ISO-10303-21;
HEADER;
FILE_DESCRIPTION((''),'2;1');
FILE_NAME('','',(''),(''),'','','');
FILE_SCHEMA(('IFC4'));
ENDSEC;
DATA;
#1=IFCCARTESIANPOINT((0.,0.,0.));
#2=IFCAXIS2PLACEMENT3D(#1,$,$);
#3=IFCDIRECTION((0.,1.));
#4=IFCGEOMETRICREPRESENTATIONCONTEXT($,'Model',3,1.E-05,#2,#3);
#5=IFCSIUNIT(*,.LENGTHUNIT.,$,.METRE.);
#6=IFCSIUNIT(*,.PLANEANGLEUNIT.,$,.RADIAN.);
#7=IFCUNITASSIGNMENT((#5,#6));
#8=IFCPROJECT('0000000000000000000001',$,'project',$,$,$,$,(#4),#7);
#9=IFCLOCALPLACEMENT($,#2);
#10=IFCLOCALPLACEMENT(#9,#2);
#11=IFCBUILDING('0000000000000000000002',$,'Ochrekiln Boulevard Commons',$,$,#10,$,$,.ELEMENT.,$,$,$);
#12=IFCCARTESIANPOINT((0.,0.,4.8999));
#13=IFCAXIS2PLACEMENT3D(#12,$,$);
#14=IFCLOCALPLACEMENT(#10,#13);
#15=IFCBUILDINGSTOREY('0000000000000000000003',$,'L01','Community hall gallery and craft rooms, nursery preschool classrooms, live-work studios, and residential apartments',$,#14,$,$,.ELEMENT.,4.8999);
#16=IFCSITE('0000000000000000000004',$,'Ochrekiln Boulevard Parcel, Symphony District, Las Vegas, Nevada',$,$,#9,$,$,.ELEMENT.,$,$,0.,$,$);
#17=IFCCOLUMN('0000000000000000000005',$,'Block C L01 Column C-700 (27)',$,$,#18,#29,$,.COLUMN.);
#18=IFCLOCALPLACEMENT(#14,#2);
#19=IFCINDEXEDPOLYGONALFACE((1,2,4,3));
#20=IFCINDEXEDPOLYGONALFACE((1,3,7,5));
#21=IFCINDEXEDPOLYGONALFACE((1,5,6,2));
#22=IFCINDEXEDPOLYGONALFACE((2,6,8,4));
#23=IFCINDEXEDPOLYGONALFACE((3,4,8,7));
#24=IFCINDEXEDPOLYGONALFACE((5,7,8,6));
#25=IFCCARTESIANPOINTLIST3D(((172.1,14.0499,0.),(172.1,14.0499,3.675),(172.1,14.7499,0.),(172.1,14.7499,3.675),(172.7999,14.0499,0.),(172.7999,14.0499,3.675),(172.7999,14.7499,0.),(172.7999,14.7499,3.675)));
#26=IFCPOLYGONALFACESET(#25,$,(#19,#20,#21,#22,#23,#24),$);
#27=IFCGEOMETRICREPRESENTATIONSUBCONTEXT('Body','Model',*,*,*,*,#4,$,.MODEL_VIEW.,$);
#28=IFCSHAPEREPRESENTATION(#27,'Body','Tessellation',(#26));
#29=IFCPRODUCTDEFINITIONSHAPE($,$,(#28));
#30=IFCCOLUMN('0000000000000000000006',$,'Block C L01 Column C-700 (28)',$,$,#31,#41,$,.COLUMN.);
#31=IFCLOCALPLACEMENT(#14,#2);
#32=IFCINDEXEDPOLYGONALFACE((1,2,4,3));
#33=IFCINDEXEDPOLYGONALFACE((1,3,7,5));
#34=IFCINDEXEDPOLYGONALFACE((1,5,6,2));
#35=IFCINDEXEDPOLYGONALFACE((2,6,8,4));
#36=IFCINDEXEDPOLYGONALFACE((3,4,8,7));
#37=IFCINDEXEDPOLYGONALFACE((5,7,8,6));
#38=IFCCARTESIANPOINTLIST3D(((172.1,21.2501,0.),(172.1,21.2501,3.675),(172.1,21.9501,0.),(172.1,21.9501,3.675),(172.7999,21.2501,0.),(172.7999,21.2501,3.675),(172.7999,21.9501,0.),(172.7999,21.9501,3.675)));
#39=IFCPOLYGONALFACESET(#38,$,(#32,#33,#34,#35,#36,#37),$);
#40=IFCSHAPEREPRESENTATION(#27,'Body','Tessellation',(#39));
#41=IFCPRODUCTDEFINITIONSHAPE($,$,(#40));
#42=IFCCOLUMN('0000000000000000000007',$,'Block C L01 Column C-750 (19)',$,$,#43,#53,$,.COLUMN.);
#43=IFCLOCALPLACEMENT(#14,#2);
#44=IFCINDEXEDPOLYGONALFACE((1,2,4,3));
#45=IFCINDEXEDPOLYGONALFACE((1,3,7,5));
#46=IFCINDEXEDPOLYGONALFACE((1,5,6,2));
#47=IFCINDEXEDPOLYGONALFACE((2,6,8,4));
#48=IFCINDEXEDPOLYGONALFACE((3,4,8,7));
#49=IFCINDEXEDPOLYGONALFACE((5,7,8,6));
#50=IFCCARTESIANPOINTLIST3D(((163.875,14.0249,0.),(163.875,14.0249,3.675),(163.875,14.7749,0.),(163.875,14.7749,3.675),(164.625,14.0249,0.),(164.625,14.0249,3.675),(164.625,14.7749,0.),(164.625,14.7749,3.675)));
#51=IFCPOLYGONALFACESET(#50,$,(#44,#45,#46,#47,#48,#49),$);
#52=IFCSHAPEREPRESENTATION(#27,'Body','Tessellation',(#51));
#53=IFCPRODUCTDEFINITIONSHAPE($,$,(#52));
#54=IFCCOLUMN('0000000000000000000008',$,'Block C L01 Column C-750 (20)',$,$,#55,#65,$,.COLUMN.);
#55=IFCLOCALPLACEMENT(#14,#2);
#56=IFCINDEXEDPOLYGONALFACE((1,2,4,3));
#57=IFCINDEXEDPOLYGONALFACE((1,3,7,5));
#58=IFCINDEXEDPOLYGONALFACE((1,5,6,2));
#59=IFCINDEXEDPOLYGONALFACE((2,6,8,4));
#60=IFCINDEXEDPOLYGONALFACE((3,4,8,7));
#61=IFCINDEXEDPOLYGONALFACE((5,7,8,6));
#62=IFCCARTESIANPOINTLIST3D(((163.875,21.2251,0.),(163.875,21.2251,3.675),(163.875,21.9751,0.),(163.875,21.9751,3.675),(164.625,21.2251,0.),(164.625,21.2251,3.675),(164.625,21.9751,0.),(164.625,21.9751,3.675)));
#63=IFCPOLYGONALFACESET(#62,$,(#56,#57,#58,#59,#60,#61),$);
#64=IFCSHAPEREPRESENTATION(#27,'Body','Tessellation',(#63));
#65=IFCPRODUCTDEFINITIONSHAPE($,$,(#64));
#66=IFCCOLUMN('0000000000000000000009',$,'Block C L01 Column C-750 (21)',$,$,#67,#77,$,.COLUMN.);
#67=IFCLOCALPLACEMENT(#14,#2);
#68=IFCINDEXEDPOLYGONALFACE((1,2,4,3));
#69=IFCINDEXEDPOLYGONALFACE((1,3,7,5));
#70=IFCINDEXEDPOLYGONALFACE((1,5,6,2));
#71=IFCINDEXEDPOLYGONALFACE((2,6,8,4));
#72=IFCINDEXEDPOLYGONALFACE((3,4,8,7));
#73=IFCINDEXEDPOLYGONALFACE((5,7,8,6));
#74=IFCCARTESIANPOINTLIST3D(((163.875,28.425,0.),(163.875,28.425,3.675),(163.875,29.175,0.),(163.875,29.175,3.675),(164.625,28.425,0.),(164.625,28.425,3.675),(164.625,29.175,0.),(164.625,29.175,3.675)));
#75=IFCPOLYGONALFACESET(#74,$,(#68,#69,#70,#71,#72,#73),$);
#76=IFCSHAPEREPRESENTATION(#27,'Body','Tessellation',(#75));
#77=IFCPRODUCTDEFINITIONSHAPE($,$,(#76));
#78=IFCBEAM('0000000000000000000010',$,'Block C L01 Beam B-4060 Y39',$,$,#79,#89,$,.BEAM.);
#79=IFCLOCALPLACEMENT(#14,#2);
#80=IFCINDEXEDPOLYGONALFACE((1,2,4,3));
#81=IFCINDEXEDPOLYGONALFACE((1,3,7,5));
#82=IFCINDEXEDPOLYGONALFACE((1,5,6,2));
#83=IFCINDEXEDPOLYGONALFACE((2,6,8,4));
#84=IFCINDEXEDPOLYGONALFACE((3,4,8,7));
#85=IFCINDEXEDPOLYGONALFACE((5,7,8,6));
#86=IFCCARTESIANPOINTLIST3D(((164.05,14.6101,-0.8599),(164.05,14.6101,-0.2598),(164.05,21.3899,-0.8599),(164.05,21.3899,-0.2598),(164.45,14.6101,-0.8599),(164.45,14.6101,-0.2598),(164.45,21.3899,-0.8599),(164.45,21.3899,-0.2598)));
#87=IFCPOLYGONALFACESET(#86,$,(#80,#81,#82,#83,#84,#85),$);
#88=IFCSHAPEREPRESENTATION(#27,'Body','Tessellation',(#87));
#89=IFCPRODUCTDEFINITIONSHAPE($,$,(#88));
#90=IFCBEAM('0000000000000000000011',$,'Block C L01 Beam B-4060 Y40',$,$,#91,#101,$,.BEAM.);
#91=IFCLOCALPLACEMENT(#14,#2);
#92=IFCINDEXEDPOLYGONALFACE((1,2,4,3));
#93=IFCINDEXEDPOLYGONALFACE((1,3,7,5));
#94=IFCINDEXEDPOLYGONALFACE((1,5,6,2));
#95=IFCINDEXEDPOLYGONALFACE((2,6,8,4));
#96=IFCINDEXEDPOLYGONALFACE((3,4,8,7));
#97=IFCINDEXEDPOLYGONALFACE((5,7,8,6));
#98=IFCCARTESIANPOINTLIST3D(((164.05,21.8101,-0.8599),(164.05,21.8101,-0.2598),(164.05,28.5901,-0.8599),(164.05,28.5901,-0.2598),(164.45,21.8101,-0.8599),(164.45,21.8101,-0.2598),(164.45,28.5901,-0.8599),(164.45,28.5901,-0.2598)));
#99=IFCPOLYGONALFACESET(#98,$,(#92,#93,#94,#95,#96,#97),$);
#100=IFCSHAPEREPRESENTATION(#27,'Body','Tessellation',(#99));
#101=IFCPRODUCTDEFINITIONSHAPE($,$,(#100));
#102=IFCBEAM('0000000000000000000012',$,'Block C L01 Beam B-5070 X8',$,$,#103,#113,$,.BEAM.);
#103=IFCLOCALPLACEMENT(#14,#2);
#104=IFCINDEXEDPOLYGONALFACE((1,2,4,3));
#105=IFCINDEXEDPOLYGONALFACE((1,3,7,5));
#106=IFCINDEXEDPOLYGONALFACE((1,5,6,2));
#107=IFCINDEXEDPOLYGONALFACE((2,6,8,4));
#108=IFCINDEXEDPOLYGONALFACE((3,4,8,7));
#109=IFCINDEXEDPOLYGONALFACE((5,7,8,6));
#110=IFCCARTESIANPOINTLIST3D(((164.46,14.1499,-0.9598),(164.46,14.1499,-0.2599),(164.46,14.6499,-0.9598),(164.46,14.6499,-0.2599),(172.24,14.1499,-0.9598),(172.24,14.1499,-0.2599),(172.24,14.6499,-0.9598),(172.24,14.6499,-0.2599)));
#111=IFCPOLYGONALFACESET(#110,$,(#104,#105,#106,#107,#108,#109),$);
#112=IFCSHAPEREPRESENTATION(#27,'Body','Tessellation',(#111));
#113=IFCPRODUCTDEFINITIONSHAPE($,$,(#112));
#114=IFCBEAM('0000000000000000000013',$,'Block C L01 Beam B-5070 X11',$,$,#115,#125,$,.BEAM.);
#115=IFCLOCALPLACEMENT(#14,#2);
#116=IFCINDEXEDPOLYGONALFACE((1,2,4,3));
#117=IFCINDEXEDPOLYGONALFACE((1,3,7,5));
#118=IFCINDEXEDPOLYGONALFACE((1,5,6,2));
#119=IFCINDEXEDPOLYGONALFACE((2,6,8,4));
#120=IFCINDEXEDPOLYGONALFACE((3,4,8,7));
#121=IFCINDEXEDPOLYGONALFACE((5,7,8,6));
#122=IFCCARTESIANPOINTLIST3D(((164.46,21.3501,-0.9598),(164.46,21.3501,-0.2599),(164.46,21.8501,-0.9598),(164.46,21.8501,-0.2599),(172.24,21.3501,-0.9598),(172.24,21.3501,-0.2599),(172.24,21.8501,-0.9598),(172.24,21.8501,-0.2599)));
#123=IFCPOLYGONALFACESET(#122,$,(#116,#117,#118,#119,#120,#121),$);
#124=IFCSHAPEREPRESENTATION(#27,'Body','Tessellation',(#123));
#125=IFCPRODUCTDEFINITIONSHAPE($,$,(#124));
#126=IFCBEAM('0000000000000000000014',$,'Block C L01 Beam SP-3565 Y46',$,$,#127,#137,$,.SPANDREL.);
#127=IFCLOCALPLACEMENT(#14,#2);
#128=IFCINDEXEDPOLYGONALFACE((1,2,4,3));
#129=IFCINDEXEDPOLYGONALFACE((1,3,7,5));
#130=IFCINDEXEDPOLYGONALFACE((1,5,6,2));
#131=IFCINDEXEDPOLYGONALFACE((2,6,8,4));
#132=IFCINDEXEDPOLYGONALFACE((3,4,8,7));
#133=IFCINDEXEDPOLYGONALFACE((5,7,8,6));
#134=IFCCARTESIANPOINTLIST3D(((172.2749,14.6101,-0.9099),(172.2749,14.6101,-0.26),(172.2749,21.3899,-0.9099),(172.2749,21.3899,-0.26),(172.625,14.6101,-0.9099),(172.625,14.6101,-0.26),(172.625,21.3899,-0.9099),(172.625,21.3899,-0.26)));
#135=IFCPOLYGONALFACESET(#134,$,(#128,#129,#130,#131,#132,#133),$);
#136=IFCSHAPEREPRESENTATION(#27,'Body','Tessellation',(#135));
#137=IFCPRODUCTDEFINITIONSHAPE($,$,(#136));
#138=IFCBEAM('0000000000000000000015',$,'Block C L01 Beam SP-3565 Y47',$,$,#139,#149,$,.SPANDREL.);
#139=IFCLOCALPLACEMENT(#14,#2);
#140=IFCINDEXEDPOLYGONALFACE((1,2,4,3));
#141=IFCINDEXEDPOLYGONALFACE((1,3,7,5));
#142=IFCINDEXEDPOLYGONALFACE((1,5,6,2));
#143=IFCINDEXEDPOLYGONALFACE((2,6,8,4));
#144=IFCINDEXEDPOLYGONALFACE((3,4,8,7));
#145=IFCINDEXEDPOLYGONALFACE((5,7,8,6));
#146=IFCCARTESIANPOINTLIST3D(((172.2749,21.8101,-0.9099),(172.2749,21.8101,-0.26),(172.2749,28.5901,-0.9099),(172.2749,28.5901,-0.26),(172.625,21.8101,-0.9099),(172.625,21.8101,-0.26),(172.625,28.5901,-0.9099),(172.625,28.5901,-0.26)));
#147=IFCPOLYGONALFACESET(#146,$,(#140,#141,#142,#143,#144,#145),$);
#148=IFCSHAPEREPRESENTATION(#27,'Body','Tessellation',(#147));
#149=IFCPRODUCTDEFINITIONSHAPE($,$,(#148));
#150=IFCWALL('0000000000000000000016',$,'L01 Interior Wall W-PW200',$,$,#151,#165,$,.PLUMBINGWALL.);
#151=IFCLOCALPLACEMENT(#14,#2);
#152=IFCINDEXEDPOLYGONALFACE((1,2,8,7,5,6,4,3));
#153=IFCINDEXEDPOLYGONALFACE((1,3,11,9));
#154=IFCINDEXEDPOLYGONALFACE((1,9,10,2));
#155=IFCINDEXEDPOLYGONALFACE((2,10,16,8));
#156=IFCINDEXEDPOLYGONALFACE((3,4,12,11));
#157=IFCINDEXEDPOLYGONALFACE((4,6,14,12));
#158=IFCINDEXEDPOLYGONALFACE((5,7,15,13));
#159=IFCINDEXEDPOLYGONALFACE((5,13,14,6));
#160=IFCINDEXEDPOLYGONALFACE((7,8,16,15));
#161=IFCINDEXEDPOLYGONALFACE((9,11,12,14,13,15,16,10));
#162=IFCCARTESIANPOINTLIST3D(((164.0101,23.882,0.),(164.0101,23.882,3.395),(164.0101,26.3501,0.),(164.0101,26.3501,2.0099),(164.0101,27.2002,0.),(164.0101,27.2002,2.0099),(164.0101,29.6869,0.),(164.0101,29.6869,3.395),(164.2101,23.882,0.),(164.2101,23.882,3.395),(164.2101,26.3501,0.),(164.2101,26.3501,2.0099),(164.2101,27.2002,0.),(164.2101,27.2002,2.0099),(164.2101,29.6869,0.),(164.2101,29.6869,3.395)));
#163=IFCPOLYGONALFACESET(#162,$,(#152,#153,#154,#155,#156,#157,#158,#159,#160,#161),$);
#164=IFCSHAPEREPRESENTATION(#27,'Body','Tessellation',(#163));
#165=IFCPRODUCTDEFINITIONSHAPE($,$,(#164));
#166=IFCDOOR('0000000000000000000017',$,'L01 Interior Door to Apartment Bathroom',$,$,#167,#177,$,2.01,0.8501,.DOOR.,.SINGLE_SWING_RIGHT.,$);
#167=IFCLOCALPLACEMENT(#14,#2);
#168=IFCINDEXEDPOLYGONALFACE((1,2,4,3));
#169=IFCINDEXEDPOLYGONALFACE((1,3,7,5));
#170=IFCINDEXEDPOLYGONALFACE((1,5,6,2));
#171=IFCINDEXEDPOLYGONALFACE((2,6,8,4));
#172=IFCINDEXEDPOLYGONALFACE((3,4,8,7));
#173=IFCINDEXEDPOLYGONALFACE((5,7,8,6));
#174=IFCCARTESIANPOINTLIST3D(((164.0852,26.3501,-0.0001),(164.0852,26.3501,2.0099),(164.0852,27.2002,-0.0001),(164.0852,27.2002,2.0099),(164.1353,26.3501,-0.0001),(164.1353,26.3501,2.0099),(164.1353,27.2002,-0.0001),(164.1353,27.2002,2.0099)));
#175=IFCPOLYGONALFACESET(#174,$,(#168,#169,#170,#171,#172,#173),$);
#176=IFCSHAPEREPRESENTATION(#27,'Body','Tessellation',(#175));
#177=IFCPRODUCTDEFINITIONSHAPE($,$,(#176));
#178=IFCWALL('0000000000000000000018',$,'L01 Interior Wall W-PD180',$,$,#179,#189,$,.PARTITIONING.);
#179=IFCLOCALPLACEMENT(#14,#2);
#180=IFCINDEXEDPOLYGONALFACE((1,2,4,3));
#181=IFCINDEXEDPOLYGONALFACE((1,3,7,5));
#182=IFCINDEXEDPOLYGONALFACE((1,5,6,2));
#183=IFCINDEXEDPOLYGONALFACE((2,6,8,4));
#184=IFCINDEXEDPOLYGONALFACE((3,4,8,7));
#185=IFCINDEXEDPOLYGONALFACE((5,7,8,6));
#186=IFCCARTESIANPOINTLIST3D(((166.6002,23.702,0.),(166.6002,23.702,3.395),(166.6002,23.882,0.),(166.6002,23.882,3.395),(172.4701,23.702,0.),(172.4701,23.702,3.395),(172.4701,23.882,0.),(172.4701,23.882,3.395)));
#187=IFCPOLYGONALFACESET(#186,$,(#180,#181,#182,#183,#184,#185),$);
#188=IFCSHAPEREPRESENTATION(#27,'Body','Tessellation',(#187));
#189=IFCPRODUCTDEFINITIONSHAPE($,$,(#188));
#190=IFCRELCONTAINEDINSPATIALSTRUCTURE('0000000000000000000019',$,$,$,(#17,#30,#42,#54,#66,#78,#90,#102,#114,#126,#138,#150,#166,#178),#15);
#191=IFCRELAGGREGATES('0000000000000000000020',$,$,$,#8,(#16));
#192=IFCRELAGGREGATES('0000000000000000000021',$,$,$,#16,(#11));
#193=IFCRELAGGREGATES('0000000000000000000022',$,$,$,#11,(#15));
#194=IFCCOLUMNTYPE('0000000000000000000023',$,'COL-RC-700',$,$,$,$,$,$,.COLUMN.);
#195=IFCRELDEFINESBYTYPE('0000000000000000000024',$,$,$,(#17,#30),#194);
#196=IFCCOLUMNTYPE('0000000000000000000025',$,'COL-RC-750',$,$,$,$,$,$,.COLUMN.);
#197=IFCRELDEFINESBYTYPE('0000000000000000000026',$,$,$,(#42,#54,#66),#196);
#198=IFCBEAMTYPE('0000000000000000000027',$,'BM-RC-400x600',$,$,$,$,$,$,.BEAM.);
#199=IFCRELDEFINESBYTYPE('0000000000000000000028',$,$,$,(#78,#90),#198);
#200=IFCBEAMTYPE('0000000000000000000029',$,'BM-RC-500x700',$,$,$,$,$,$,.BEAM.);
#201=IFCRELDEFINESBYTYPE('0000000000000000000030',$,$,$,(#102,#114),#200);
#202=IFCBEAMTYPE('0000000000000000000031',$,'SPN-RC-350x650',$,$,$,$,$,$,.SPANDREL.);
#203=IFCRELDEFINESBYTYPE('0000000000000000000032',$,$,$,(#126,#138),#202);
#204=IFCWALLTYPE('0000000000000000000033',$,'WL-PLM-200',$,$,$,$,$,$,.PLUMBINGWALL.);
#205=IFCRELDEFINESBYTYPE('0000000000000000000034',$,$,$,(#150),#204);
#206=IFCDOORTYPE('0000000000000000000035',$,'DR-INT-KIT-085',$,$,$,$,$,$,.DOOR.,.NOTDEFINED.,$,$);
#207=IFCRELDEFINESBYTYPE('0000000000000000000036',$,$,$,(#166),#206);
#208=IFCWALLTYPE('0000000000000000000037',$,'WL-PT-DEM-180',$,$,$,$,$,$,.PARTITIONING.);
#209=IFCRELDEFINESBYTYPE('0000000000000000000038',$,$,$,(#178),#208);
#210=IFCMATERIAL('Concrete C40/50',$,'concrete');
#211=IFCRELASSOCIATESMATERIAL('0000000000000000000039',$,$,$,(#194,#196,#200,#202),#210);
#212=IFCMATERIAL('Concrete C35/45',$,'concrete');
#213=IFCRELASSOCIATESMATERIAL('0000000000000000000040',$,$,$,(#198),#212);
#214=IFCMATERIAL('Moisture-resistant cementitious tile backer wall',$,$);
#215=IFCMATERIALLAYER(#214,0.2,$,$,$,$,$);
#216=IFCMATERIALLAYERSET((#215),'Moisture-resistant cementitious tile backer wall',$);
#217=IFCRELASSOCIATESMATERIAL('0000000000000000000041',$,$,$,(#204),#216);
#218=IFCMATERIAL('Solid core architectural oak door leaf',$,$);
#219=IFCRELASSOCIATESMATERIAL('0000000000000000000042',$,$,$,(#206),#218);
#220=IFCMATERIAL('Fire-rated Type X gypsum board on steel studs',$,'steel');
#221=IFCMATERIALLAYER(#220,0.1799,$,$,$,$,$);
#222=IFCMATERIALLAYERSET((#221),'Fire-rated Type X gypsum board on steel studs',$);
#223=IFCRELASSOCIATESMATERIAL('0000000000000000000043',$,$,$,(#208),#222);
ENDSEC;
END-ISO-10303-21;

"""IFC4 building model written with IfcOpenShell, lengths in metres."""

from ifc_helpers import new_model, si_unit, direction, frame, frame_2d, origin, origin_2d, place, context, subcontext, project, spatial, rectangle, extrude, material, layer, layer_set, material_profile, profile_set, type_object, element, fill, save


model = new_model("IFC4")

# Units and contexts
model_context = context("Model", 3, precision=1e-05, world=origin(), true_north=direction((0.0, 1.0)))
body_context = subcontext(model_context, "Body", "Model", "MODEL_VIEW")
ifc_project = project(units=[si_unit("LENGTHUNIT", "METRE"), si_unit("PLANEANGLEUNIT", "RADIAN")], contexts=[model_context])

# Site, building, storey
site_placement = place(None, origin())
site = spatial("IfcSite", under=ifc_project, at=site_placement, Name="Ochrekiln Boulevard Parcel, Symphony District, Las Vegas, Nevada", CompositionType="ELEMENT", RefElevation=0.0)
building_placement = place(site_placement, origin())
building = spatial("IfcBuilding", under=site, at=building_placement, Name="Ochrekiln Boulevard Commons", CompositionType="ELEMENT")
storey_placement = place(building_placement, frame((0.0, 0.0, 4.8999)))
storey = spatial("IfcBuildingStorey", under=building, at=storey_placement, Name="L01", Description="Community hall gallery and craft rooms, nursery preschool classrooms, live-work studios, and residential apartments", CompositionType="ELEMENT", Elevation=4.8999)

# Columns
ifc_material_1 = material(Name="Concrete C40/50", Category="concrete")
ifc_material_profile_1 = material_profile(ifc_material_1, rectangle(XDim=0.7, YDim=0.7, at=origin_2d()), Name="RC-COL-700x700")
ifc_profile_set_1 = profile_set([ifc_material_profile_1], Name="Concrete C40/50")
column_type_1 = type_object("IfcColumnType", Name="COL-RC-700", PredefinedType="COLUMN", material=ifc_profile_set_1)
for number, where, z_axis, x_axis, name in (
    (1, (172.45, 14.3999, 0.0), (0.0, 0.0, 1.0), (1.0, 0.0, 0.0), "Block C L01 Column C-700 (27)"),
    (2, (172.45, 21.6001, 0.0), (0.0, 0.0, 1.0), (1.0, 0.0, 0.0), "Block C L01 Column C-700 (28)"),
):
    element("IfcColumn", number, at=place(storey_placement, frame(where, z_axis=z_axis, x_axis=x_axis)), inside=storey, type_object=column_type_1, Name=name, PredefinedType="COLUMN", context=body_context, shape_type="SweptSolid", body=[
        extrude(rectangle(XDim=0.7, YDim=0.7, at=origin_2d()), origin(), (0.0, 0.0, 1.0), 3.675),
    ])
ifc_material_profile_2 = material_profile(ifc_material_1, rectangle(XDim=0.75, YDim=0.75, at=origin_2d()), Name="RC-COL-750x750")
ifc_profile_set_2 = profile_set([ifc_material_profile_2], Name="Concrete C40/50")
column_type_2 = type_object("IfcColumnType", Name="COL-RC-750", PredefinedType="COLUMN", material=ifc_profile_set_2)
for number, where, z_axis, x_axis, name in (
    (3, (164.25, 14.3999, 0.0), (0.0, 0.0, 1.0), (1.0, 0.0, 0.0), "Block C L01 Column C-750 (19)"),
    (4, (164.25, 21.6001, 0.0), (0.0, 0.0, 1.0), (1.0, 0.0, 0.0), "Block C L01 Column C-750 (20)"),
    (5, (164.25, 28.8, 0.0), (0.0, 0.0, 1.0), (1.0, 0.0, 0.0), "Block C L01 Column C-750 (21)"),
):
    element("IfcColumn", number, at=place(storey_placement, frame(where, z_axis=z_axis, x_axis=x_axis)), inside=storey, type_object=column_type_2, Name=name, PredefinedType="COLUMN", context=body_context, shape_type="SweptSolid", body=[
        extrude(rectangle(XDim=0.75, YDim=0.75, at=origin_2d()), origin(), (0.0, 0.0, 1.0), 3.675),
    ])

# Beams
ifc_material_2 = material(Name="Concrete C35/45", Category="concrete")
ifc_material_profile_3 = material_profile(ifc_material_2, rectangle(XDim=0.3999, YDim=0.6001, at=origin_2d()), Name="RC-BM-400x600")
ifc_profile_set_3 = profile_set([ifc_material_profile_3], Name="Concrete C35/45")
beam_type_1 = type_object("IfcBeamType", Name="BM-RC-400x600", PredefinedType="BEAM", material=ifc_profile_set_3)
beam_1_placement = place(storey_placement, frame((164.25, 14.6101, -0.5598), z_axis=(0.0, 1.0, 0.0), x_axis=(-1.0, 0.0, 0.0)))
element("IfcBeam", 6, at=beam_1_placement, inside=storey, type_object=beam_type_1, Name="Block C L01 Beam B-4060 Y39", PredefinedType="BEAM", context=body_context, shape_type="SweptSolid", body=[
    extrude(rectangle(XDim=0.3999, YDim=0.6001, at=origin_2d()), origin(), (0.0, 0.0, 1.0), 6.7798),
])
beam_2_placement = place(storey_placement, frame((164.25, 21.8101, -0.5598), z_axis=(0.0, 1.0, 0.0), x_axis=(-1.0, 0.0, 0.0)))
element("IfcBeam", 7, at=beam_2_placement, inside=storey, type_object=beam_type_1, Name="Block C L01 Beam B-4060 Y40", PredefinedType="BEAM", context=body_context, shape_type="SweptSolid", body=[
    extrude(rectangle(XDim=0.3999, YDim=0.6001, at=origin_2d()), origin(), (0.0, 0.0, 1.0), 6.78),
])
ifc_material_profile_4 = material_profile(ifc_material_1, rectangle(XDim=0.5, YDim=0.7, at=origin_2d()), Name="RC-BM-500x700")
ifc_profile_set_4 = profile_set([ifc_material_profile_4], Name="Concrete C40/50")
beam_type_2 = type_object("IfcBeamType", Name="BM-RC-500x700", PredefinedType="BEAM", material=ifc_profile_set_4)
for number, where, z_axis, x_axis, name in (
    (8, (164.46, 14.3999, -0.6099), (1.0, 0.0, 0.0), (0.0, 1.0, 0.0), "Block C L01 Beam B-5070 X8"),
    (9, (164.46, 21.6001, -0.6099), (1.0, 0.0, 0.0), (0.0, 1.0, 0.0), "Block C L01 Beam B-5070 X11"),
):
    element("IfcBeam", number, at=place(storey_placement, frame(where, z_axis=z_axis, x_axis=x_axis)), inside=storey, type_object=beam_type_2, Name=name, PredefinedType="BEAM", context=body_context, shape_type="SweptSolid", body=[
        extrude(rectangle(XDim=0.5, YDim=0.7, at=origin_2d()), origin(), (0.0, 0.0, 1.0), 7.78),
    ])
ifc_material_profile_5 = material_profile(ifc_material_1, rectangle(XDim=0.3501, YDim=0.6499, at=origin_2d()), Name="RC-SPN-350x650")
ifc_profile_set_5 = profile_set([ifc_material_profile_5], Name="Concrete C40/50")
beam_type_3 = type_object("IfcBeamType", Name="SPN-RC-350x650", PredefinedType="SPANDREL", material=ifc_profile_set_5)
beam_3_placement = place(storey_placement, frame((172.45, 14.6101, -0.585), z_axis=(0.0, 1.0, 0.0), x_axis=(-1.0, 0.0, 0.0)))
element("IfcBeam", 10, at=beam_3_placement, inside=storey, type_object=beam_type_3, Name="Block C L01 Beam SP-3565 Y46", PredefinedType="SPANDREL", context=body_context, shape_type="SweptSolid", body=[
    extrude(rectangle(XDim=0.3501, YDim=0.6499, at=origin_2d()), origin(), (0.0, 0.0, 1.0), 6.7798),
])
beam_4_placement = place(storey_placement, frame((172.45, 21.8101, -0.585), z_axis=(0.0, 1.0, 0.0), x_axis=(-1.0, 0.0, 0.0)))
element("IfcBeam", 11, at=beam_4_placement, inside=storey, type_object=beam_type_3, Name="Block C L01 Beam SP-3565 Y47", PredefinedType="SPANDREL", context=body_context, shape_type="SweptSolid", body=[
    extrude(rectangle(XDim=0.3501, YDim=0.6499, at=origin_2d()), origin(), (0.0, 0.0, 1.0), 6.78),
])

# Wall, opening, door
ifc_material_3 = material(Name="Moisture-resistant cementitious tile backer wall")
ifc_layer_1 = layer(ifc_material_3, 0.2)
ifc_layer_set_1 = layer_set([ifc_layer_1], Name="Moisture-resistant cementitious tile backer wall")
wall_type_1 = type_object("IfcWallType", Name="WL-PLM-200", PredefinedType="PLUMBINGWALL", material=ifc_layer_set_1)
wall_1_placement = place(storey_placement, frame((164.1101, 23.8821, 0.0), z_axis=(0.0, 0.0, 1.0), x_axis=(0.0, 1.0, 0.0)))
wall_1 = element("IfcWall", 12, at=wall_1_placement, inside=storey, type_object=wall_type_1, Name="L01 Interior Wall W-PW200", PredefinedType="PLUMBINGWALL", context=body_context, shape_type="SweptSolid", body=[
    extrude(rectangle(XDim=5.8049, YDim=0.2, at=frame_2d((2.9023, 0.0))), origin(), (0.0, 0.0, 1.0), 3.395),
])
opening_1_placement = place(wall_1_placement, frame((2.468, 0.0, 0.0)))
opening_1 = element("IfcOpeningElement", 13, at=opening_1_placement, cuts=wall_1, PredefinedType="OPENING", context=body_context, shape_type="SweptSolid", body=[
    extrude(rectangle(XDim=0.8501, YDim=2.01, at=frame_2d((0.425, 1.0049))), frame((0.0, 0.1099, 0.0), z_axis=(0.0, -1.0, 0.0), x_axis=(1.0, 0.0, 0.0)), (0.0, 0.0, 1.0), 0.22),
])
ifc_material_4 = material(Name="Solid core architectural oak door leaf")
door_type_1 = type_object("IfcDoorType", Name="DR-INT-KIT-085", OperationType="NOTDEFINED", PredefinedType="DOOR", material=ifc_material_4)
door_1_placement = place(opening_1_placement, origin())
door_1 = element("IfcDoor", 14, at=door_1_placement, inside=storey, type_object=door_type_1, Name="L01 Interior Door to Apartment Bathroom", OperationType="SINGLE_SWING_RIGHT", OverallHeight=2.01, OverallWidth=0.8501, PredefinedType="DOOR", context=body_context, shape_type="SweptSolid", body=[
    extrude(rectangle(XDim=0.8501, YDim=2.01, at=frame_2d((0.425, 1.0049))), frame((0.0, 0.0249, 0.0), z_axis=(0.0, -1.0, 0.0), x_axis=(1.0, 0.0, 0.0)), (0.0, 0.0, 1.0), 0.05),
])
fill(opening_1, door_1)

# Wall
ifc_material_5 = material(Name="Fire-rated Type X gypsum board on steel studs", Category="steel")
ifc_layer_2 = layer(ifc_material_5, 0.1799)
ifc_layer_set_2 = layer_set([ifc_layer_2], Name="Fire-rated Type X gypsum board on steel studs")
wall_type_2 = type_object("IfcWallType", Name="WL-PT-DEM-180", PredefinedType="PARTITIONING", material=ifc_layer_set_2)
wall_2_placement = place(storey_placement, frame((166.6001, 23.792, 0.0), z_axis=(0.0, 0.0, 1.0), x_axis=(1.0, 0.0, 0.0)))
element("IfcWall", 15, at=wall_2_placement, inside=storey, type_object=wall_type_2, Name="L01 Interior Wall W-PD180", PredefinedType="PARTITIONING", context=body_context, shape_type="SweptSolid", body=[
    extrude(rectangle(XDim=5.8699, YDim=0.1799, at=frame_2d((2.9351, 0.0))), origin(), (0.0, 0.0, 1.0), 3.395),
])

save(model, "model.ifc")
